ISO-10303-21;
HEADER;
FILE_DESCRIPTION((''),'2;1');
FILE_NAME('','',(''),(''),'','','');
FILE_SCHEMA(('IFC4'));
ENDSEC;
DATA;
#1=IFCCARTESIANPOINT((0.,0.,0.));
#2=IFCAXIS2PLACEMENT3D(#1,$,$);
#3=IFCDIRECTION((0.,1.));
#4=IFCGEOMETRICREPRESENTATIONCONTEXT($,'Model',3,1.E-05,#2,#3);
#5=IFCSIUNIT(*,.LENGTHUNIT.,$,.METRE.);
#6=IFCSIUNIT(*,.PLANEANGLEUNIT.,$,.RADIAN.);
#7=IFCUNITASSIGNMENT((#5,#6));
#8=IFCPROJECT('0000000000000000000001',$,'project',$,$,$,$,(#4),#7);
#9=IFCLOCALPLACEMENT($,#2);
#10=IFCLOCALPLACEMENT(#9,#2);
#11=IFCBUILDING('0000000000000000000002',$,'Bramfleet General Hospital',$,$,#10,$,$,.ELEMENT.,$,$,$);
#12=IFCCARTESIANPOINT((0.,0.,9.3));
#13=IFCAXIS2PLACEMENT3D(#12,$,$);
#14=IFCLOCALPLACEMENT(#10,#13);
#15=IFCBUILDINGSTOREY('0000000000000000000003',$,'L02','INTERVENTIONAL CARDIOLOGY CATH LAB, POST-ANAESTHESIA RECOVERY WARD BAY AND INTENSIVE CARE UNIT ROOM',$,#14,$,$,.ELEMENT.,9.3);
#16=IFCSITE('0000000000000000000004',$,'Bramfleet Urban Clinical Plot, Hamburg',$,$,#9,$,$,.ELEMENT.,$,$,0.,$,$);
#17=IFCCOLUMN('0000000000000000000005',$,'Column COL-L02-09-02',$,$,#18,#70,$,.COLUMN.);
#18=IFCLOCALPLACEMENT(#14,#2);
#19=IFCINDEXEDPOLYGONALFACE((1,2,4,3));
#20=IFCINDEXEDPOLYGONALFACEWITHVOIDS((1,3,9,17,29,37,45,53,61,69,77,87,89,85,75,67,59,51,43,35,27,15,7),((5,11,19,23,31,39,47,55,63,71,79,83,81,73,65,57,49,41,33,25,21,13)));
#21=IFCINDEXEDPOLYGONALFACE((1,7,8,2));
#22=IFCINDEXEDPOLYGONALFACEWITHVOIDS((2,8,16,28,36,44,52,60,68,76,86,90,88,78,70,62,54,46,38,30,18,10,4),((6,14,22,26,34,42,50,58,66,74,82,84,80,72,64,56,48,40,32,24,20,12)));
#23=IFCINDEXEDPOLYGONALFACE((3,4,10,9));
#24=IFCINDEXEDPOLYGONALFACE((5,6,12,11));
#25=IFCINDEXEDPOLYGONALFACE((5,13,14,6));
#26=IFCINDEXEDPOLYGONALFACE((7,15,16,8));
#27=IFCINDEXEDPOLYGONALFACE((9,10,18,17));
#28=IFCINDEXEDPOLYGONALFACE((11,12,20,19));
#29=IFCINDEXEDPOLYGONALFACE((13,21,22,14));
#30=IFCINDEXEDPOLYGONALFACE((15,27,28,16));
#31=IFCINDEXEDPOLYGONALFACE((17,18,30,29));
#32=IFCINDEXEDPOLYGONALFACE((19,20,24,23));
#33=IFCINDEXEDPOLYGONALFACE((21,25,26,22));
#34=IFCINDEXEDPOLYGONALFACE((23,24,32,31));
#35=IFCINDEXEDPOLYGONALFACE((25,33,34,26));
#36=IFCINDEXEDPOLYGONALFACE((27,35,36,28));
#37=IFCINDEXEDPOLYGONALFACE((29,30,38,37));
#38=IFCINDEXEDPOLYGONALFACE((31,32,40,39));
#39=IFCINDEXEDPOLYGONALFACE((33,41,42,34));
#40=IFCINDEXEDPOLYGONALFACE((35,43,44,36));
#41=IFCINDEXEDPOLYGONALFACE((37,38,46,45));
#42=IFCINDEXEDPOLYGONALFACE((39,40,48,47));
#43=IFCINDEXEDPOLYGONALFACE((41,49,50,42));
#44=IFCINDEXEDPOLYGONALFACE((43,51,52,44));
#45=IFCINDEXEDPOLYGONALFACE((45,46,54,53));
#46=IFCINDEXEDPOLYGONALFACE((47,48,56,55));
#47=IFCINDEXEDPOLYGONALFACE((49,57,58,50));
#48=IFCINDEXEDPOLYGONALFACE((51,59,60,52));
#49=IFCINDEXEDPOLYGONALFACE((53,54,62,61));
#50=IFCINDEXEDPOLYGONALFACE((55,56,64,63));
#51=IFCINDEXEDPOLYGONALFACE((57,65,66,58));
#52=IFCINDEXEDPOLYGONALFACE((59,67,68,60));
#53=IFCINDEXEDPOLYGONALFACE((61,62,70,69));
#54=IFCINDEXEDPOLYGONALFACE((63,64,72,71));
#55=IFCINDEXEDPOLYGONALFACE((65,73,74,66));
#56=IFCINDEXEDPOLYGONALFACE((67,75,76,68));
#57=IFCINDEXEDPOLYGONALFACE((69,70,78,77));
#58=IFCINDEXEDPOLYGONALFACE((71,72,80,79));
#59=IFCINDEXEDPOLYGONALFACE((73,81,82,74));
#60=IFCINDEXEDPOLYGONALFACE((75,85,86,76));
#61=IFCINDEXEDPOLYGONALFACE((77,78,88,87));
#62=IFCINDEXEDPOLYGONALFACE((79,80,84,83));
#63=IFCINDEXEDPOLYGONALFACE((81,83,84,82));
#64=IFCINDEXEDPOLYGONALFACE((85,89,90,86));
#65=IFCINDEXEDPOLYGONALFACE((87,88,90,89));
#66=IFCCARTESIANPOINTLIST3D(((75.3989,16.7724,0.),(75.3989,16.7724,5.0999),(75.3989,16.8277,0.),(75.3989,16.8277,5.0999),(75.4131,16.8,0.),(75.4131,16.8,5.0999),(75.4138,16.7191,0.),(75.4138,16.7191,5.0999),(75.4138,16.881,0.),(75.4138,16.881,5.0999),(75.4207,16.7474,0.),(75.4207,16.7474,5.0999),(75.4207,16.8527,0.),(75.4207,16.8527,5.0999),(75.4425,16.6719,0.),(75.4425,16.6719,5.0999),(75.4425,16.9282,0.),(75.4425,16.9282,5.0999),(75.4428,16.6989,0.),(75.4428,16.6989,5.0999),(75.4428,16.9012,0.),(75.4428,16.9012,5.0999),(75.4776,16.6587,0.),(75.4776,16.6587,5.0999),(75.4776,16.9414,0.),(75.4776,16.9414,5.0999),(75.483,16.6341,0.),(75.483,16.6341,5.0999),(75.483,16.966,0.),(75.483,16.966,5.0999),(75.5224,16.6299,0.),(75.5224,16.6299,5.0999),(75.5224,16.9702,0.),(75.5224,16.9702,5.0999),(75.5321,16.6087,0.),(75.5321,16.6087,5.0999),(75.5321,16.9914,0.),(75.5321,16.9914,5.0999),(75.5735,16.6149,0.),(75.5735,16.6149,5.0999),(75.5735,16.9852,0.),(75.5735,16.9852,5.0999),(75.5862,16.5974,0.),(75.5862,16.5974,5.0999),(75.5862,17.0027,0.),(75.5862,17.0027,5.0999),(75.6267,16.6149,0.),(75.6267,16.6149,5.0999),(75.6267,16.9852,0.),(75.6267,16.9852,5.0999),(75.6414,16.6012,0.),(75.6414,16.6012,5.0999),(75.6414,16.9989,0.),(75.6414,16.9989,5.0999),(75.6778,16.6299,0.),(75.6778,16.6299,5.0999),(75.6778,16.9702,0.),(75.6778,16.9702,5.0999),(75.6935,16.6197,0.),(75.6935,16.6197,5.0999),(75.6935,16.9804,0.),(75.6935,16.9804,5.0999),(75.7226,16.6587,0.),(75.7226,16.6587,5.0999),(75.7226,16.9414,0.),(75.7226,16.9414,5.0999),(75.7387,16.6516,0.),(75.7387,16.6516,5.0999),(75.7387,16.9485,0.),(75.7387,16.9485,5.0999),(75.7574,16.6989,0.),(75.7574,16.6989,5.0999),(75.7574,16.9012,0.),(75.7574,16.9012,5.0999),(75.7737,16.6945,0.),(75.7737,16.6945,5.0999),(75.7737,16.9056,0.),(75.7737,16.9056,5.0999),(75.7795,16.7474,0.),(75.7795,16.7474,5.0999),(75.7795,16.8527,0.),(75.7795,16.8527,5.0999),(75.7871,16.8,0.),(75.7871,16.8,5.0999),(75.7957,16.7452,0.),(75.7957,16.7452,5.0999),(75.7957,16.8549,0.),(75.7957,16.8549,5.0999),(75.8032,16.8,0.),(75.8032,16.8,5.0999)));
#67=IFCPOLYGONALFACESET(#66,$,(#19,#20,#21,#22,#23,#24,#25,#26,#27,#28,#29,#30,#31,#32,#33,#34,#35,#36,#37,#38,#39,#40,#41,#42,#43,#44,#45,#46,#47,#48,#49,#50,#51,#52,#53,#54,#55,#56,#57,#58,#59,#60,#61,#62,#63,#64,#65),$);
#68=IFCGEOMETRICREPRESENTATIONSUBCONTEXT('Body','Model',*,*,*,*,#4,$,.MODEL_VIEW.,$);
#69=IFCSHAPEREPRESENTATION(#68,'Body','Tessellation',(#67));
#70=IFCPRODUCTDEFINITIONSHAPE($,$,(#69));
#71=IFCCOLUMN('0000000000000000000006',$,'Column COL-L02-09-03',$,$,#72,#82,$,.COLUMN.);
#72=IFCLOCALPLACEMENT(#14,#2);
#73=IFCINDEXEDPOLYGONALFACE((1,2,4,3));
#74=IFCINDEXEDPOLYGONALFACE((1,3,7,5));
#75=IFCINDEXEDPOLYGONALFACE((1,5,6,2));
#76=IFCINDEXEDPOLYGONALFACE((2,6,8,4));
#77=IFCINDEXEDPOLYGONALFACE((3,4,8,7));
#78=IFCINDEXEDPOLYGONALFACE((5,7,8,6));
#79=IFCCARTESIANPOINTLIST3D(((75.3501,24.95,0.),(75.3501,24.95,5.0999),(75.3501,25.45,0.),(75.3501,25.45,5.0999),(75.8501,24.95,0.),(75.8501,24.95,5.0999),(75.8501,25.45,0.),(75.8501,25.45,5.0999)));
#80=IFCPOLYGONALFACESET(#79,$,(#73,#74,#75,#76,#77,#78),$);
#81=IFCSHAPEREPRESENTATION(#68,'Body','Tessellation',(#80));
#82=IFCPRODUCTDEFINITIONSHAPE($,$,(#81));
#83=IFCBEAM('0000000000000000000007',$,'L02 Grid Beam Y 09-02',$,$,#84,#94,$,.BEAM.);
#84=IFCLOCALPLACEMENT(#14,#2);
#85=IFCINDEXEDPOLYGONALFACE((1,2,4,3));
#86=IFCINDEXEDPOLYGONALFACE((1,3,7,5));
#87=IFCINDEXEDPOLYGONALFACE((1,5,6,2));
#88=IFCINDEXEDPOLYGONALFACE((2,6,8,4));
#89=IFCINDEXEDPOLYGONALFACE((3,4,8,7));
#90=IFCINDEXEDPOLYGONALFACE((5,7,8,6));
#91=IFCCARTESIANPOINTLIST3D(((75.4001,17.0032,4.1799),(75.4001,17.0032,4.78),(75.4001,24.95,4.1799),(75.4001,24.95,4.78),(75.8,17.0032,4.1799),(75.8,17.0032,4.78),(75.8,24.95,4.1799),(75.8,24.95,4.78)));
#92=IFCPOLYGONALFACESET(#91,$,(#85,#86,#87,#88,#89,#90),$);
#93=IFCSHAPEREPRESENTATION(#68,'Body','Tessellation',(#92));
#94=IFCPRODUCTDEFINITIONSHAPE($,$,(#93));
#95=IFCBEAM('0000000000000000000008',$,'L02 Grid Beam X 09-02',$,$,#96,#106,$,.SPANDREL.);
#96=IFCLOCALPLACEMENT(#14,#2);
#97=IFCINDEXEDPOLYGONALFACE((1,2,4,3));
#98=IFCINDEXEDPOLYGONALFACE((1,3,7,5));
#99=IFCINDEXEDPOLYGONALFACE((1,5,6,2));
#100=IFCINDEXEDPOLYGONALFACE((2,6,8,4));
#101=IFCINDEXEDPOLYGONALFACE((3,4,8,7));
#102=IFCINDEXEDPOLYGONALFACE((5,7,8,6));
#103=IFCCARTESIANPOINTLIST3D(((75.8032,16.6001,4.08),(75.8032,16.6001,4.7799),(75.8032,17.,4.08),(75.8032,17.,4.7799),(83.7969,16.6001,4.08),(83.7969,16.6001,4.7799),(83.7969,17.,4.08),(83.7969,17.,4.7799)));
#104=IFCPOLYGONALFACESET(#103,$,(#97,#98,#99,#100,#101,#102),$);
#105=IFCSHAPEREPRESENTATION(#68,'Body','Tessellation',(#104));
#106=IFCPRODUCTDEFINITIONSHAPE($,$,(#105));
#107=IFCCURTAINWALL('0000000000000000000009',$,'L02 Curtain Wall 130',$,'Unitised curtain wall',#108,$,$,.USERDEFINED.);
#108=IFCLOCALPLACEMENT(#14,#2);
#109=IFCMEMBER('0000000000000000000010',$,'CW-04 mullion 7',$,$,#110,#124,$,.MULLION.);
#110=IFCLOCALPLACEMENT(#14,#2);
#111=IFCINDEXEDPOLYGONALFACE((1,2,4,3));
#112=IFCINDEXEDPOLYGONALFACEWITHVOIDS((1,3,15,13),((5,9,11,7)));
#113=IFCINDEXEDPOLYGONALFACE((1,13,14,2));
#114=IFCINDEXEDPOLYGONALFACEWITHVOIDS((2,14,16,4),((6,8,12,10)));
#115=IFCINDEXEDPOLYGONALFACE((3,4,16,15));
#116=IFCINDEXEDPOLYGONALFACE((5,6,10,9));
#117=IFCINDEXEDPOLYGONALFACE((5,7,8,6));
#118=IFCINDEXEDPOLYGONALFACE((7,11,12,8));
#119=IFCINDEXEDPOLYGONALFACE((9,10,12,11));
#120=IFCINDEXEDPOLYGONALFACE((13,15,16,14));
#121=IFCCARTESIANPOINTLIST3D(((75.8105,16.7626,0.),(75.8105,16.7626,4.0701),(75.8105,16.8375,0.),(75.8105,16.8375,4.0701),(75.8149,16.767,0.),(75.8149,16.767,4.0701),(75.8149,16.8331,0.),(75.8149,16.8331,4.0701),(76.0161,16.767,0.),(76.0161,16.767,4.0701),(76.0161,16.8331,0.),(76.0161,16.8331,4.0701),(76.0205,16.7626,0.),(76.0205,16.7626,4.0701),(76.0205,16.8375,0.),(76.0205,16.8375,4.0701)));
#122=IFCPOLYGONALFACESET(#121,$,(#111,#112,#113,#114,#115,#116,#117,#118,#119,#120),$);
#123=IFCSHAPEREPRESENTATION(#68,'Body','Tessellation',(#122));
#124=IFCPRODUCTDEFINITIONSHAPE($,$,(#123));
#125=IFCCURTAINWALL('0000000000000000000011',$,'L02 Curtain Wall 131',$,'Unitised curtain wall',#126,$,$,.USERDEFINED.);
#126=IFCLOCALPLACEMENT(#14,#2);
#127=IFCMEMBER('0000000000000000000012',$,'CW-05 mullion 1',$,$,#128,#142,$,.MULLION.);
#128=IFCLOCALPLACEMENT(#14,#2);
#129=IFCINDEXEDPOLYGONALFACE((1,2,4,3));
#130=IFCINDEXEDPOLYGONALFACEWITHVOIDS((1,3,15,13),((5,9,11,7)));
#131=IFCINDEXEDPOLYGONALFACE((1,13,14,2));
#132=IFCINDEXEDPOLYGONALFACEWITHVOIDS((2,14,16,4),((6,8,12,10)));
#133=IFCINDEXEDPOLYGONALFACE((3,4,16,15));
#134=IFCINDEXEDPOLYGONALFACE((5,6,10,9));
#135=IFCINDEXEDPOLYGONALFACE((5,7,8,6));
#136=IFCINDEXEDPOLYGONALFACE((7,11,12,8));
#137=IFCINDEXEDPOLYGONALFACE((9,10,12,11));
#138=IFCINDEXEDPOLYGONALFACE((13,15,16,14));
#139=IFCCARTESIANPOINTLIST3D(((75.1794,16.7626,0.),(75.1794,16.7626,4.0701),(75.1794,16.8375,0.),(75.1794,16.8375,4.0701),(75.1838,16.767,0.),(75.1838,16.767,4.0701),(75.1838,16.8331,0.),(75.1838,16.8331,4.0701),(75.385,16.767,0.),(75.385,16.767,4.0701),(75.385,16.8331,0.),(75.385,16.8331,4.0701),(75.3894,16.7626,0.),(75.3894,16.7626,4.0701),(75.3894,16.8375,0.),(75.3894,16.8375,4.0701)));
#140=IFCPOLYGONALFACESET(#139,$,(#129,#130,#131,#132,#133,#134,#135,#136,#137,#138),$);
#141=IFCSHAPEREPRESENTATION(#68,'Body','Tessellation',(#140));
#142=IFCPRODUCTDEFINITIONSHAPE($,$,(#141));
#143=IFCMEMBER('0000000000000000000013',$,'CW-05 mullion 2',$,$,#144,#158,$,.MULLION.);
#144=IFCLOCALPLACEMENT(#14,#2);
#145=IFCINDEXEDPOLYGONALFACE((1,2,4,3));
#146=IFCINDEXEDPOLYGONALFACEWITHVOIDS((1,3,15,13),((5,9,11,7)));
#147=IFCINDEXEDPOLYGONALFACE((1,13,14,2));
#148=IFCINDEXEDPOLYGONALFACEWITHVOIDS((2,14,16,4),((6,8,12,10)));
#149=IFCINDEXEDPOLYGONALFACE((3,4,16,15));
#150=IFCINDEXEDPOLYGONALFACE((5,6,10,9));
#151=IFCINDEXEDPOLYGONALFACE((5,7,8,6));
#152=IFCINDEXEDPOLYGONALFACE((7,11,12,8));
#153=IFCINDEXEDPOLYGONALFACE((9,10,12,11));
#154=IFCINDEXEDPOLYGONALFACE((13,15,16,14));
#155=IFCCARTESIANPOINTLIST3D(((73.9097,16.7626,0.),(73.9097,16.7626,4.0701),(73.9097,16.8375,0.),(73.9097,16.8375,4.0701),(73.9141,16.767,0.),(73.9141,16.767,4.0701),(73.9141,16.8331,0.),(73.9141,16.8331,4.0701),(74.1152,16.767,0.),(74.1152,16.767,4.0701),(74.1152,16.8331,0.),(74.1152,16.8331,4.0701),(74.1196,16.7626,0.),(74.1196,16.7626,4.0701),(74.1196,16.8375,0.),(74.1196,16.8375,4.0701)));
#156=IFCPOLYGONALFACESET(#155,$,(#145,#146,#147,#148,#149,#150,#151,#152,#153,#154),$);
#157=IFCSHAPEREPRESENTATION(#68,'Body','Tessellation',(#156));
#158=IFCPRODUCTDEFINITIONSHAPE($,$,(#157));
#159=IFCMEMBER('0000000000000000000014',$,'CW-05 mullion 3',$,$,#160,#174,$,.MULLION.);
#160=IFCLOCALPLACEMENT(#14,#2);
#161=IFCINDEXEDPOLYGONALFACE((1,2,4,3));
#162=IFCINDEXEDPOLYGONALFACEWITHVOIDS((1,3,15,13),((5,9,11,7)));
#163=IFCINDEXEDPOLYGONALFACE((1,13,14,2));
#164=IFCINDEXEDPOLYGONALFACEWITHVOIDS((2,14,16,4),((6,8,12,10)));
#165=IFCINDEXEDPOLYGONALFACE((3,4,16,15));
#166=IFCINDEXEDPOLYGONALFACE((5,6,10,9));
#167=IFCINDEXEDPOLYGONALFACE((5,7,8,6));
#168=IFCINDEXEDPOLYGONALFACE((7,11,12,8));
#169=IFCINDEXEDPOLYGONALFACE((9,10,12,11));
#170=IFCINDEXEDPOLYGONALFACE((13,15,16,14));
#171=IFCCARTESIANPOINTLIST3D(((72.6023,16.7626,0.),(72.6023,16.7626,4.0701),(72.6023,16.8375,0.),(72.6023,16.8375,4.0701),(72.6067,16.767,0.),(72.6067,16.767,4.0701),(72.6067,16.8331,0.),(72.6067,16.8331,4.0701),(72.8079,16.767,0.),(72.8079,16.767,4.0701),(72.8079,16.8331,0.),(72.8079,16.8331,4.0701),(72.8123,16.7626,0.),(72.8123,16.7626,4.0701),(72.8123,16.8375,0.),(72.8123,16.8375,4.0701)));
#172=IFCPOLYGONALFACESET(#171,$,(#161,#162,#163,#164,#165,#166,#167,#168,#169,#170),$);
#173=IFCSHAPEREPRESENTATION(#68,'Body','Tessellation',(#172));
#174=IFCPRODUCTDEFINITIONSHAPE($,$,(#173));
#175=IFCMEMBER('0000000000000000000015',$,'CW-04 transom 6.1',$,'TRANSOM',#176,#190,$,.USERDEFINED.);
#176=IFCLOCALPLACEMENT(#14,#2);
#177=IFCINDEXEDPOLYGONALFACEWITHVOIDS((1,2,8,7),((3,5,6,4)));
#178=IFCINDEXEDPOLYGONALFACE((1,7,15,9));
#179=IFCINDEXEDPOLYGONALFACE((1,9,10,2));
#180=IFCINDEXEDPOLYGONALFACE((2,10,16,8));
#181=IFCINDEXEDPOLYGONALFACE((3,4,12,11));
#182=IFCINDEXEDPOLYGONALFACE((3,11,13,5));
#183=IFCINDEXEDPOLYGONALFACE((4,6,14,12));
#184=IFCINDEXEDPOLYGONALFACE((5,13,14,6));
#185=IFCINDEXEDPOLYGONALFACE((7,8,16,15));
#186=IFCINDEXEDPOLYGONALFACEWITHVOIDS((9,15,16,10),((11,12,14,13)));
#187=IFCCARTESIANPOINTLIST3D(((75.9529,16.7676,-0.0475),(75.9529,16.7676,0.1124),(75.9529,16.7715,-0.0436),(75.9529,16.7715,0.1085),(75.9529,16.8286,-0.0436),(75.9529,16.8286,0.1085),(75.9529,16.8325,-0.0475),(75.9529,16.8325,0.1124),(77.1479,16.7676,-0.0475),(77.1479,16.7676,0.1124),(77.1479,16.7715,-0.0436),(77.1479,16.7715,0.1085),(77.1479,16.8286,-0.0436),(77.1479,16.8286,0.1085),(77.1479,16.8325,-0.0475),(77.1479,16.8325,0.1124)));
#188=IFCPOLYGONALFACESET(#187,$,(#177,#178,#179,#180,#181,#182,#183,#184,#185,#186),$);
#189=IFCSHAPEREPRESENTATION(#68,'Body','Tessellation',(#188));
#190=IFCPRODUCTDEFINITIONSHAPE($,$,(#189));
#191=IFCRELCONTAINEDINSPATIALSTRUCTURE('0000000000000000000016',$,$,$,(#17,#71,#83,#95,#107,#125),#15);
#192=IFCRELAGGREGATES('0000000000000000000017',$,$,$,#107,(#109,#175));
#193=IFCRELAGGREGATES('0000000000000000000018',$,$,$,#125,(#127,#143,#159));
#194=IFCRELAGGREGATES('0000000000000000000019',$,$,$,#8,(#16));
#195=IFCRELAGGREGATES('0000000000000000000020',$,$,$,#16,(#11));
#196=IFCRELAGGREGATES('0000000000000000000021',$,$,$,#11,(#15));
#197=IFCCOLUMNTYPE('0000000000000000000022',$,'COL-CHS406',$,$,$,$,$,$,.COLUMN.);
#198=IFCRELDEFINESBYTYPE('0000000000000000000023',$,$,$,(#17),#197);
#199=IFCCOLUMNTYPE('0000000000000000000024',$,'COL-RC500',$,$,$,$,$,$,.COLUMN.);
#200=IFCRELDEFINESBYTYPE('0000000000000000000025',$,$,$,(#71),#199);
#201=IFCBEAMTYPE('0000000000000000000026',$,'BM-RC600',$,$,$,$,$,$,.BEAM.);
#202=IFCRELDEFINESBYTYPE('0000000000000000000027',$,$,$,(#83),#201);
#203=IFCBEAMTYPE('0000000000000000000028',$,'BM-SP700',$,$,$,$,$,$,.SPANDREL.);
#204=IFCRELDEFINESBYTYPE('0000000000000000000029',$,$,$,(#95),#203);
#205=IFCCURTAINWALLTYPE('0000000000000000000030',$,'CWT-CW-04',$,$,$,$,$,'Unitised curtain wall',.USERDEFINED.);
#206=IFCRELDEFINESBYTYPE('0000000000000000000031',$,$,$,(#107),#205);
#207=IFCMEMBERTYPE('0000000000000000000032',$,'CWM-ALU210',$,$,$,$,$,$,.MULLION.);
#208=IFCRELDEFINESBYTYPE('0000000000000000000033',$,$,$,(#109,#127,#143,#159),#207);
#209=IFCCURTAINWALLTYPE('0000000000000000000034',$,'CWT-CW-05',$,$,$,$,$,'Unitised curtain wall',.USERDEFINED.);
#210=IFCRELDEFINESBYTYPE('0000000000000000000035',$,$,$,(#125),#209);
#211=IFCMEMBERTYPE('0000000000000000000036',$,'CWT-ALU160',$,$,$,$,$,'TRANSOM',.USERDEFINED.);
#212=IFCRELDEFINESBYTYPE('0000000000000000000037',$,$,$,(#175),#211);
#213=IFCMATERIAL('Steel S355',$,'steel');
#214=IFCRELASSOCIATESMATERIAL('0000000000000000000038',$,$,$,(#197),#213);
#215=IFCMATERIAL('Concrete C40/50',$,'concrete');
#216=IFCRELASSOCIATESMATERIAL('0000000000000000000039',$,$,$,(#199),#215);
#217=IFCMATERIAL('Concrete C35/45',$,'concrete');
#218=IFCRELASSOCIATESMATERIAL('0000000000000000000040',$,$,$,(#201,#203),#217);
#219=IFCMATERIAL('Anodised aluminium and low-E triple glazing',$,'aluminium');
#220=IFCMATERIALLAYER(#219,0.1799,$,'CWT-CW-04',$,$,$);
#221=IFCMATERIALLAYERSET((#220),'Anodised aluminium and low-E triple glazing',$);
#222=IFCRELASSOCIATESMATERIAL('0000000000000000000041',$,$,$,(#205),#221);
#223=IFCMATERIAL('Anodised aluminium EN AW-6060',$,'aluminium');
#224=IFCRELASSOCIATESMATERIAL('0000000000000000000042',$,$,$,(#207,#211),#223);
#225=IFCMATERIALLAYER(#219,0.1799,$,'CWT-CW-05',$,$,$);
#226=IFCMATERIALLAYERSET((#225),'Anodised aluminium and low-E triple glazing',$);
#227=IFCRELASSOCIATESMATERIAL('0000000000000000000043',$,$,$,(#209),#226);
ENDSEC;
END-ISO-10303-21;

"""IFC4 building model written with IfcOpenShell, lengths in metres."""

from ifc_helpers import new_model, si_unit, direction, frame, origin, origin_2d, place, context, subcontext, project, spatial, rectangle, hollow_rectangle, hollow_circle, extrude, material, layer, layer_set, material_profile, profile_set, type_object, element, aggregate, save


model = new_model("IFC4")

# Units and contexts
model_context = context("Model", 3, precision=1e-05, world=origin(), true_north=direction((0.0, 1.0)))
body_context = subcontext(model_context, "Body", "Model", "MODEL_VIEW")
ifc_project = project(units=[si_unit("LENGTHUNIT", "METRE"), si_unit("PLANEANGLEUNIT", "RADIAN")], contexts=[model_context])

# Site, building, storey
site_placement = place(None, origin())
site = spatial("IfcSite", under=ifc_project, at=site_placement, Name="Bramfleet Urban Clinical Plot, Hamburg", CompositionType="ELEMENT", RefElevation=0.0)
building_placement = place(site_placement, origin())
building = spatial("IfcBuilding", under=site, at=building_placement, Name="Bramfleet General Hospital", CompositionType="ELEMENT")
storey_placement = place(building_placement, frame((0.0, 0.0, 9.3)))
storey = spatial("IfcBuildingStorey", under=building, at=storey_placement, Name="L02", Description="INTERVENTIONAL CARDIOLOGY CATH LAB, POST-ANAESTHESIA RECOVERY WARD BAY AND INTENSIVE CARE UNIT ROOM", CompositionType="ELEMENT", Elevation=9.3)

# Columns
ifc_material_1 = material(Name="Steel S355", Category="steel")
ifc_material_profile_1 = material_profile(ifc_material_1, hollow_circle(Radius=0.2031, WallThickness=0.0161, at=origin_2d()), Name="CHS 406.4x16.0")
ifc_profile_set_1 = profile_set([ifc_material_profile_1], Name="Steel S355")
column_type_1 = type_object("IfcColumnType", Name="COL-CHS406", PredefinedType="COLUMN", material=ifc_profile_set_1)
column_1_placement = place(storey_placement, frame((75.6001, 16.8, 0.0), z_axis=(0.0, 0.0, 1.0), x_axis=(1.0, 0.0, 0.0)))
element("IfcColumn", 1, at=column_1_placement, inside=storey, type_object=column_type_1, Name="Column COL-L02-09-02", PredefinedType="COLUMN", context=body_context, shape_type="SweptSolid", body=[
    extrude(hollow_circle(Radius=0.2031, WallThickness=0.0161, at=origin_2d()), origin(), (0.0, 0.0, 1.0), 5.0999),
])
ifc_material_2 = material(Name="Concrete C40/50", Category="concrete")
ifc_material_profile_2 = material_profile(ifc_material_2, rectangle(XDim=0.5, YDim=0.5, at=origin_2d()), Name="RC COL 500x500")
ifc_profile_set_2 = profile_set([ifc_material_profile_2], Name="Concrete C40/50")
column_type_2 = type_object("IfcColumnType", Name="COL-RC500", PredefinedType="COLUMN", material=ifc_profile_set_2)
column_2_placement = place(storey_placement, frame((75.6001, 25.2, 0.0), z_axis=(0.0, 0.0, 1.0), x_axis=(1.0, 0.0, 0.0)))
element("IfcColumn", 2, at=column_2_placement, inside=storey, type_object=column_type_2, Name="Column COL-L02-09-03", PredefinedType="COLUMN", context=body_context, shape_type="SweptSolid", body=[
    extrude(rectangle(XDim=0.5, YDim=0.5, at=origin_2d()), origin(), (0.0, 0.0, 1.0), 5.0999),
])

# Beams
ifc_material_3 = material(Name="Concrete C35/45", Category="concrete")
ifc_material_profile_3 = material_profile(ifc_material_3, rectangle(XDim=0.3999, YDim=0.6001, at=origin_2d()), Name="RC BM 600x400")
ifc_profile_set_3 = profile_set([ifc_material_profile_3], Name="Concrete C35/45")
beam_type_1 = type_object("IfcBeamType", Name="BM-RC600", PredefinedType="BEAM", material=ifc_profile_set_3)
beam_1_placement = place(storey_placement, frame((75.6001, 17.0032, 4.48), z_axis=(0.0, 1.0, 0.0), x_axis=(-1.0, 0.0, 0.0)))
element("IfcBeam", 3, at=beam_1_placement, inside=storey, type_object=beam_type_1, Name="L02 Grid Beam Y 09-02", PredefinedType="BEAM", context=body_context, shape_type="SweptSolid", body=[
    extrude(rectangle(XDim=0.3999, YDim=0.6001, at=origin_2d()), origin(), (0.0, 0.0, 1.0), 7.9468),
])
ifc_material_profile_4 = material_profile(ifc_material_3, rectangle(XDim=0.3999, YDim=0.7, at=origin_2d()), Name="RC SP 700x400")
ifc_profile_set_4 = profile_set([ifc_material_profile_4], Name="Concrete C35/45")
beam_type_2 = type_object("IfcBeamType", Name="BM-SP700", PredefinedType="SPANDREL", material=ifc_profile_set_4)
beam_2_placement = place(storey_placement, frame((75.8032, 16.8, 4.4299), z_axis=(1.0, 0.0, 0.0), x_axis=(0.0, 1.0, 0.0)))
element("IfcBeam", 4, at=beam_2_placement, inside=storey, type_object=beam_type_2, Name="L02 Grid Beam X 09-02", PredefinedType="SPANDREL", context=body_context, shape_type="SweptSolid", body=[
    extrude(rectangle(XDim=0.3999, YDim=0.7, at=origin_2d()), origin(), (0.0, 0.0, 1.0), 7.9937),
])

# Curtain wall, member
ifc_material_4 = material(Name="Anodised aluminium and low-E triple glazing", Category="aluminium")
ifc_layer_1 = layer(ifc_material_4, 0.1799, Name="CWT-CW-04")
ifc_layer_set_1 = layer_set([ifc_layer_1], Name="Anodised aluminium and low-E triple glazing")
curtain_wall_type_1 = type_object("IfcCurtainWallType", Name="CWT-CW-04", ElementType="Unitised curtain wall", PredefinedType="USERDEFINED", material=ifc_layer_set_1)
curtain_wall_1_placement = place(storey_placement, origin())
curtain_wall_1 = element("IfcCurtainWall", 5, at=curtain_wall_1_placement, inside=storey, type_object=curtain_wall_type_1, Name="L02 Curtain Wall 130", ObjectType="Unitised curtain wall", PredefinedType="USERDEFINED")
ifc_material_5 = material(Name="Anodised aluminium EN AW-6060", Category="aluminium")
ifc_material_profile_5 = material_profile(ifc_material_5, hollow_rectangle(XDim=0.075, YDim=0.21, WallThickness=0.0044, at=origin_2d()), Name="ALU 210x75x4.5")
ifc_profile_set_5 = profile_set([ifc_material_profile_5], Name="Anodised aluminium EN AW-6060")
member_type_1 = type_object("IfcMemberType", Name="CWM-ALU210", PredefinedType="MULLION", material=ifc_profile_set_5)
member_1_placement = place(storey_placement, frame((75.9155, 16.8, 0.0), z_axis=(0.0, 0.0, 1.0), x_axis=(0.0, -1.0, 0.0)))
member_1 = element("IfcMember", 6, at=member_1_placement, type_object=member_type_1, Name="CW-04 mullion 7", PredefinedType="MULLION", context=body_context, shape_type="SweptSolid", body=[
    extrude(hollow_rectangle(XDim=0.075, YDim=0.21, WallThickness=0.0044, at=origin_2d()), origin(), (0.0, 0.0, 1.0), 4.0701),
])

# Curtain wall, members
ifc_layer_2 = layer(ifc_material_4, 0.1799, Name="CWT-CW-05")
ifc_layer_set_2 = layer_set([ifc_layer_2], Name="Anodised aluminium and low-E triple glazing")
curtain_wall_type_2 = type_object("IfcCurtainWallType", Name="CWT-CW-05", ElementType="Unitised curtain wall", PredefinedType="USERDEFINED", material=ifc_layer_set_2)
curtain_wall_2_placement = place(storey_placement, origin())
curtain_wall_2 = element("IfcCurtainWall", 7, at=curtain_wall_2_placement, inside=storey, type_object=curtain_wall_type_2, Name="L02 Curtain Wall 131", ObjectType="Unitised curtain wall", PredefinedType="USERDEFINED")
member_2_placement = place(storey_placement, frame((75.2844, 16.8, 0.0), z_axis=(0.0, 0.0, 1.0), x_axis=(0.0, -1.0, 0.0)))
member_2 = element("IfcMember", 8, at=member_2_placement, type_object=member_type_1, Name="CW-05 mullion 1", PredefinedType="MULLION", context=body_context, shape_type="SweptSolid", body=[
    extrude(hollow_rectangle(XDim=0.075, YDim=0.21, WallThickness=0.0044, at=origin_2d()), origin(), (0.0, 0.0, 1.0), 4.0701),
])
member_3_placement = place(storey_placement, frame((74.0146, 16.8, 0.0), z_axis=(0.0, 0.0, 1.0), x_axis=(0.0, -1.0, 0.0)))
member_3 = element("IfcMember", 9, at=member_3_placement, type_object=member_type_1, Name="CW-05 mullion 2", PredefinedType="MULLION", context=body_context, shape_type="SweptSolid", body=[
    extrude(hollow_rectangle(XDim=0.075, YDim=0.21, WallThickness=0.0044, at=origin_2d()), origin(), (0.0, 0.0, 1.0), 4.0701),
])
member_4_placement = place(storey_placement, frame((72.7073, 16.8, 0.0), z_axis=(0.0, 0.0, 1.0), x_axis=(0.0, -1.0, 0.0)))
member_4 = element("IfcMember", 10, at=member_4_placement, type_object=member_type_1, Name="CW-05 mullion 3", PredefinedType="MULLION", context=body_context, shape_type="SweptSolid", body=[
    extrude(hollow_rectangle(XDim=0.075, YDim=0.21, WallThickness=0.0044, at=origin_2d()), origin(), (0.0, 0.0, 1.0), 4.0701),
])

# Member
ifc_material_profile_6 = material_profile(ifc_material_5, hollow_rectangle(XDim=0.0649, YDim=0.1599, WallThickness=0.0039, at=origin_2d()), Name="ALU 160x65x4.0")
ifc_profile_set_6 = profile_set([ifc_material_profile_6], Name="Anodised aluminium EN AW-6060")
member_type_2 = type_object("IfcMemberType", Name="CWT-ALU160", ElementType="TRANSOM", PredefinedType="USERDEFINED", material=ifc_profile_set_6)
member_5_placement = place(storey_placement, frame((77.1479, 16.8, 0.0325), z_axis=(-1.0, 0.0, 0.0), x_axis=(0.0, -1.0, 0.0)))
member_5 = element("IfcMember", 11, at=member_5_placement, type_object=member_type_2, Name="CW-04 transom 6.1", ObjectType="TRANSOM", PredefinedType="USERDEFINED", context=body_context, shape_type="SweptSolid", body=[
    extrude(hollow_rectangle(XDim=0.0649, YDim=0.1599, WallThickness=0.0039, at=origin_2d()), origin(), (0.0, 0.0, 1.0), 1.1951),
])

aggregate(curtain_wall_1, [member_1, member_5])
aggregate(curtain_wall_2, [member_2, member_3, member_4])

save(model, "model.ifc")
